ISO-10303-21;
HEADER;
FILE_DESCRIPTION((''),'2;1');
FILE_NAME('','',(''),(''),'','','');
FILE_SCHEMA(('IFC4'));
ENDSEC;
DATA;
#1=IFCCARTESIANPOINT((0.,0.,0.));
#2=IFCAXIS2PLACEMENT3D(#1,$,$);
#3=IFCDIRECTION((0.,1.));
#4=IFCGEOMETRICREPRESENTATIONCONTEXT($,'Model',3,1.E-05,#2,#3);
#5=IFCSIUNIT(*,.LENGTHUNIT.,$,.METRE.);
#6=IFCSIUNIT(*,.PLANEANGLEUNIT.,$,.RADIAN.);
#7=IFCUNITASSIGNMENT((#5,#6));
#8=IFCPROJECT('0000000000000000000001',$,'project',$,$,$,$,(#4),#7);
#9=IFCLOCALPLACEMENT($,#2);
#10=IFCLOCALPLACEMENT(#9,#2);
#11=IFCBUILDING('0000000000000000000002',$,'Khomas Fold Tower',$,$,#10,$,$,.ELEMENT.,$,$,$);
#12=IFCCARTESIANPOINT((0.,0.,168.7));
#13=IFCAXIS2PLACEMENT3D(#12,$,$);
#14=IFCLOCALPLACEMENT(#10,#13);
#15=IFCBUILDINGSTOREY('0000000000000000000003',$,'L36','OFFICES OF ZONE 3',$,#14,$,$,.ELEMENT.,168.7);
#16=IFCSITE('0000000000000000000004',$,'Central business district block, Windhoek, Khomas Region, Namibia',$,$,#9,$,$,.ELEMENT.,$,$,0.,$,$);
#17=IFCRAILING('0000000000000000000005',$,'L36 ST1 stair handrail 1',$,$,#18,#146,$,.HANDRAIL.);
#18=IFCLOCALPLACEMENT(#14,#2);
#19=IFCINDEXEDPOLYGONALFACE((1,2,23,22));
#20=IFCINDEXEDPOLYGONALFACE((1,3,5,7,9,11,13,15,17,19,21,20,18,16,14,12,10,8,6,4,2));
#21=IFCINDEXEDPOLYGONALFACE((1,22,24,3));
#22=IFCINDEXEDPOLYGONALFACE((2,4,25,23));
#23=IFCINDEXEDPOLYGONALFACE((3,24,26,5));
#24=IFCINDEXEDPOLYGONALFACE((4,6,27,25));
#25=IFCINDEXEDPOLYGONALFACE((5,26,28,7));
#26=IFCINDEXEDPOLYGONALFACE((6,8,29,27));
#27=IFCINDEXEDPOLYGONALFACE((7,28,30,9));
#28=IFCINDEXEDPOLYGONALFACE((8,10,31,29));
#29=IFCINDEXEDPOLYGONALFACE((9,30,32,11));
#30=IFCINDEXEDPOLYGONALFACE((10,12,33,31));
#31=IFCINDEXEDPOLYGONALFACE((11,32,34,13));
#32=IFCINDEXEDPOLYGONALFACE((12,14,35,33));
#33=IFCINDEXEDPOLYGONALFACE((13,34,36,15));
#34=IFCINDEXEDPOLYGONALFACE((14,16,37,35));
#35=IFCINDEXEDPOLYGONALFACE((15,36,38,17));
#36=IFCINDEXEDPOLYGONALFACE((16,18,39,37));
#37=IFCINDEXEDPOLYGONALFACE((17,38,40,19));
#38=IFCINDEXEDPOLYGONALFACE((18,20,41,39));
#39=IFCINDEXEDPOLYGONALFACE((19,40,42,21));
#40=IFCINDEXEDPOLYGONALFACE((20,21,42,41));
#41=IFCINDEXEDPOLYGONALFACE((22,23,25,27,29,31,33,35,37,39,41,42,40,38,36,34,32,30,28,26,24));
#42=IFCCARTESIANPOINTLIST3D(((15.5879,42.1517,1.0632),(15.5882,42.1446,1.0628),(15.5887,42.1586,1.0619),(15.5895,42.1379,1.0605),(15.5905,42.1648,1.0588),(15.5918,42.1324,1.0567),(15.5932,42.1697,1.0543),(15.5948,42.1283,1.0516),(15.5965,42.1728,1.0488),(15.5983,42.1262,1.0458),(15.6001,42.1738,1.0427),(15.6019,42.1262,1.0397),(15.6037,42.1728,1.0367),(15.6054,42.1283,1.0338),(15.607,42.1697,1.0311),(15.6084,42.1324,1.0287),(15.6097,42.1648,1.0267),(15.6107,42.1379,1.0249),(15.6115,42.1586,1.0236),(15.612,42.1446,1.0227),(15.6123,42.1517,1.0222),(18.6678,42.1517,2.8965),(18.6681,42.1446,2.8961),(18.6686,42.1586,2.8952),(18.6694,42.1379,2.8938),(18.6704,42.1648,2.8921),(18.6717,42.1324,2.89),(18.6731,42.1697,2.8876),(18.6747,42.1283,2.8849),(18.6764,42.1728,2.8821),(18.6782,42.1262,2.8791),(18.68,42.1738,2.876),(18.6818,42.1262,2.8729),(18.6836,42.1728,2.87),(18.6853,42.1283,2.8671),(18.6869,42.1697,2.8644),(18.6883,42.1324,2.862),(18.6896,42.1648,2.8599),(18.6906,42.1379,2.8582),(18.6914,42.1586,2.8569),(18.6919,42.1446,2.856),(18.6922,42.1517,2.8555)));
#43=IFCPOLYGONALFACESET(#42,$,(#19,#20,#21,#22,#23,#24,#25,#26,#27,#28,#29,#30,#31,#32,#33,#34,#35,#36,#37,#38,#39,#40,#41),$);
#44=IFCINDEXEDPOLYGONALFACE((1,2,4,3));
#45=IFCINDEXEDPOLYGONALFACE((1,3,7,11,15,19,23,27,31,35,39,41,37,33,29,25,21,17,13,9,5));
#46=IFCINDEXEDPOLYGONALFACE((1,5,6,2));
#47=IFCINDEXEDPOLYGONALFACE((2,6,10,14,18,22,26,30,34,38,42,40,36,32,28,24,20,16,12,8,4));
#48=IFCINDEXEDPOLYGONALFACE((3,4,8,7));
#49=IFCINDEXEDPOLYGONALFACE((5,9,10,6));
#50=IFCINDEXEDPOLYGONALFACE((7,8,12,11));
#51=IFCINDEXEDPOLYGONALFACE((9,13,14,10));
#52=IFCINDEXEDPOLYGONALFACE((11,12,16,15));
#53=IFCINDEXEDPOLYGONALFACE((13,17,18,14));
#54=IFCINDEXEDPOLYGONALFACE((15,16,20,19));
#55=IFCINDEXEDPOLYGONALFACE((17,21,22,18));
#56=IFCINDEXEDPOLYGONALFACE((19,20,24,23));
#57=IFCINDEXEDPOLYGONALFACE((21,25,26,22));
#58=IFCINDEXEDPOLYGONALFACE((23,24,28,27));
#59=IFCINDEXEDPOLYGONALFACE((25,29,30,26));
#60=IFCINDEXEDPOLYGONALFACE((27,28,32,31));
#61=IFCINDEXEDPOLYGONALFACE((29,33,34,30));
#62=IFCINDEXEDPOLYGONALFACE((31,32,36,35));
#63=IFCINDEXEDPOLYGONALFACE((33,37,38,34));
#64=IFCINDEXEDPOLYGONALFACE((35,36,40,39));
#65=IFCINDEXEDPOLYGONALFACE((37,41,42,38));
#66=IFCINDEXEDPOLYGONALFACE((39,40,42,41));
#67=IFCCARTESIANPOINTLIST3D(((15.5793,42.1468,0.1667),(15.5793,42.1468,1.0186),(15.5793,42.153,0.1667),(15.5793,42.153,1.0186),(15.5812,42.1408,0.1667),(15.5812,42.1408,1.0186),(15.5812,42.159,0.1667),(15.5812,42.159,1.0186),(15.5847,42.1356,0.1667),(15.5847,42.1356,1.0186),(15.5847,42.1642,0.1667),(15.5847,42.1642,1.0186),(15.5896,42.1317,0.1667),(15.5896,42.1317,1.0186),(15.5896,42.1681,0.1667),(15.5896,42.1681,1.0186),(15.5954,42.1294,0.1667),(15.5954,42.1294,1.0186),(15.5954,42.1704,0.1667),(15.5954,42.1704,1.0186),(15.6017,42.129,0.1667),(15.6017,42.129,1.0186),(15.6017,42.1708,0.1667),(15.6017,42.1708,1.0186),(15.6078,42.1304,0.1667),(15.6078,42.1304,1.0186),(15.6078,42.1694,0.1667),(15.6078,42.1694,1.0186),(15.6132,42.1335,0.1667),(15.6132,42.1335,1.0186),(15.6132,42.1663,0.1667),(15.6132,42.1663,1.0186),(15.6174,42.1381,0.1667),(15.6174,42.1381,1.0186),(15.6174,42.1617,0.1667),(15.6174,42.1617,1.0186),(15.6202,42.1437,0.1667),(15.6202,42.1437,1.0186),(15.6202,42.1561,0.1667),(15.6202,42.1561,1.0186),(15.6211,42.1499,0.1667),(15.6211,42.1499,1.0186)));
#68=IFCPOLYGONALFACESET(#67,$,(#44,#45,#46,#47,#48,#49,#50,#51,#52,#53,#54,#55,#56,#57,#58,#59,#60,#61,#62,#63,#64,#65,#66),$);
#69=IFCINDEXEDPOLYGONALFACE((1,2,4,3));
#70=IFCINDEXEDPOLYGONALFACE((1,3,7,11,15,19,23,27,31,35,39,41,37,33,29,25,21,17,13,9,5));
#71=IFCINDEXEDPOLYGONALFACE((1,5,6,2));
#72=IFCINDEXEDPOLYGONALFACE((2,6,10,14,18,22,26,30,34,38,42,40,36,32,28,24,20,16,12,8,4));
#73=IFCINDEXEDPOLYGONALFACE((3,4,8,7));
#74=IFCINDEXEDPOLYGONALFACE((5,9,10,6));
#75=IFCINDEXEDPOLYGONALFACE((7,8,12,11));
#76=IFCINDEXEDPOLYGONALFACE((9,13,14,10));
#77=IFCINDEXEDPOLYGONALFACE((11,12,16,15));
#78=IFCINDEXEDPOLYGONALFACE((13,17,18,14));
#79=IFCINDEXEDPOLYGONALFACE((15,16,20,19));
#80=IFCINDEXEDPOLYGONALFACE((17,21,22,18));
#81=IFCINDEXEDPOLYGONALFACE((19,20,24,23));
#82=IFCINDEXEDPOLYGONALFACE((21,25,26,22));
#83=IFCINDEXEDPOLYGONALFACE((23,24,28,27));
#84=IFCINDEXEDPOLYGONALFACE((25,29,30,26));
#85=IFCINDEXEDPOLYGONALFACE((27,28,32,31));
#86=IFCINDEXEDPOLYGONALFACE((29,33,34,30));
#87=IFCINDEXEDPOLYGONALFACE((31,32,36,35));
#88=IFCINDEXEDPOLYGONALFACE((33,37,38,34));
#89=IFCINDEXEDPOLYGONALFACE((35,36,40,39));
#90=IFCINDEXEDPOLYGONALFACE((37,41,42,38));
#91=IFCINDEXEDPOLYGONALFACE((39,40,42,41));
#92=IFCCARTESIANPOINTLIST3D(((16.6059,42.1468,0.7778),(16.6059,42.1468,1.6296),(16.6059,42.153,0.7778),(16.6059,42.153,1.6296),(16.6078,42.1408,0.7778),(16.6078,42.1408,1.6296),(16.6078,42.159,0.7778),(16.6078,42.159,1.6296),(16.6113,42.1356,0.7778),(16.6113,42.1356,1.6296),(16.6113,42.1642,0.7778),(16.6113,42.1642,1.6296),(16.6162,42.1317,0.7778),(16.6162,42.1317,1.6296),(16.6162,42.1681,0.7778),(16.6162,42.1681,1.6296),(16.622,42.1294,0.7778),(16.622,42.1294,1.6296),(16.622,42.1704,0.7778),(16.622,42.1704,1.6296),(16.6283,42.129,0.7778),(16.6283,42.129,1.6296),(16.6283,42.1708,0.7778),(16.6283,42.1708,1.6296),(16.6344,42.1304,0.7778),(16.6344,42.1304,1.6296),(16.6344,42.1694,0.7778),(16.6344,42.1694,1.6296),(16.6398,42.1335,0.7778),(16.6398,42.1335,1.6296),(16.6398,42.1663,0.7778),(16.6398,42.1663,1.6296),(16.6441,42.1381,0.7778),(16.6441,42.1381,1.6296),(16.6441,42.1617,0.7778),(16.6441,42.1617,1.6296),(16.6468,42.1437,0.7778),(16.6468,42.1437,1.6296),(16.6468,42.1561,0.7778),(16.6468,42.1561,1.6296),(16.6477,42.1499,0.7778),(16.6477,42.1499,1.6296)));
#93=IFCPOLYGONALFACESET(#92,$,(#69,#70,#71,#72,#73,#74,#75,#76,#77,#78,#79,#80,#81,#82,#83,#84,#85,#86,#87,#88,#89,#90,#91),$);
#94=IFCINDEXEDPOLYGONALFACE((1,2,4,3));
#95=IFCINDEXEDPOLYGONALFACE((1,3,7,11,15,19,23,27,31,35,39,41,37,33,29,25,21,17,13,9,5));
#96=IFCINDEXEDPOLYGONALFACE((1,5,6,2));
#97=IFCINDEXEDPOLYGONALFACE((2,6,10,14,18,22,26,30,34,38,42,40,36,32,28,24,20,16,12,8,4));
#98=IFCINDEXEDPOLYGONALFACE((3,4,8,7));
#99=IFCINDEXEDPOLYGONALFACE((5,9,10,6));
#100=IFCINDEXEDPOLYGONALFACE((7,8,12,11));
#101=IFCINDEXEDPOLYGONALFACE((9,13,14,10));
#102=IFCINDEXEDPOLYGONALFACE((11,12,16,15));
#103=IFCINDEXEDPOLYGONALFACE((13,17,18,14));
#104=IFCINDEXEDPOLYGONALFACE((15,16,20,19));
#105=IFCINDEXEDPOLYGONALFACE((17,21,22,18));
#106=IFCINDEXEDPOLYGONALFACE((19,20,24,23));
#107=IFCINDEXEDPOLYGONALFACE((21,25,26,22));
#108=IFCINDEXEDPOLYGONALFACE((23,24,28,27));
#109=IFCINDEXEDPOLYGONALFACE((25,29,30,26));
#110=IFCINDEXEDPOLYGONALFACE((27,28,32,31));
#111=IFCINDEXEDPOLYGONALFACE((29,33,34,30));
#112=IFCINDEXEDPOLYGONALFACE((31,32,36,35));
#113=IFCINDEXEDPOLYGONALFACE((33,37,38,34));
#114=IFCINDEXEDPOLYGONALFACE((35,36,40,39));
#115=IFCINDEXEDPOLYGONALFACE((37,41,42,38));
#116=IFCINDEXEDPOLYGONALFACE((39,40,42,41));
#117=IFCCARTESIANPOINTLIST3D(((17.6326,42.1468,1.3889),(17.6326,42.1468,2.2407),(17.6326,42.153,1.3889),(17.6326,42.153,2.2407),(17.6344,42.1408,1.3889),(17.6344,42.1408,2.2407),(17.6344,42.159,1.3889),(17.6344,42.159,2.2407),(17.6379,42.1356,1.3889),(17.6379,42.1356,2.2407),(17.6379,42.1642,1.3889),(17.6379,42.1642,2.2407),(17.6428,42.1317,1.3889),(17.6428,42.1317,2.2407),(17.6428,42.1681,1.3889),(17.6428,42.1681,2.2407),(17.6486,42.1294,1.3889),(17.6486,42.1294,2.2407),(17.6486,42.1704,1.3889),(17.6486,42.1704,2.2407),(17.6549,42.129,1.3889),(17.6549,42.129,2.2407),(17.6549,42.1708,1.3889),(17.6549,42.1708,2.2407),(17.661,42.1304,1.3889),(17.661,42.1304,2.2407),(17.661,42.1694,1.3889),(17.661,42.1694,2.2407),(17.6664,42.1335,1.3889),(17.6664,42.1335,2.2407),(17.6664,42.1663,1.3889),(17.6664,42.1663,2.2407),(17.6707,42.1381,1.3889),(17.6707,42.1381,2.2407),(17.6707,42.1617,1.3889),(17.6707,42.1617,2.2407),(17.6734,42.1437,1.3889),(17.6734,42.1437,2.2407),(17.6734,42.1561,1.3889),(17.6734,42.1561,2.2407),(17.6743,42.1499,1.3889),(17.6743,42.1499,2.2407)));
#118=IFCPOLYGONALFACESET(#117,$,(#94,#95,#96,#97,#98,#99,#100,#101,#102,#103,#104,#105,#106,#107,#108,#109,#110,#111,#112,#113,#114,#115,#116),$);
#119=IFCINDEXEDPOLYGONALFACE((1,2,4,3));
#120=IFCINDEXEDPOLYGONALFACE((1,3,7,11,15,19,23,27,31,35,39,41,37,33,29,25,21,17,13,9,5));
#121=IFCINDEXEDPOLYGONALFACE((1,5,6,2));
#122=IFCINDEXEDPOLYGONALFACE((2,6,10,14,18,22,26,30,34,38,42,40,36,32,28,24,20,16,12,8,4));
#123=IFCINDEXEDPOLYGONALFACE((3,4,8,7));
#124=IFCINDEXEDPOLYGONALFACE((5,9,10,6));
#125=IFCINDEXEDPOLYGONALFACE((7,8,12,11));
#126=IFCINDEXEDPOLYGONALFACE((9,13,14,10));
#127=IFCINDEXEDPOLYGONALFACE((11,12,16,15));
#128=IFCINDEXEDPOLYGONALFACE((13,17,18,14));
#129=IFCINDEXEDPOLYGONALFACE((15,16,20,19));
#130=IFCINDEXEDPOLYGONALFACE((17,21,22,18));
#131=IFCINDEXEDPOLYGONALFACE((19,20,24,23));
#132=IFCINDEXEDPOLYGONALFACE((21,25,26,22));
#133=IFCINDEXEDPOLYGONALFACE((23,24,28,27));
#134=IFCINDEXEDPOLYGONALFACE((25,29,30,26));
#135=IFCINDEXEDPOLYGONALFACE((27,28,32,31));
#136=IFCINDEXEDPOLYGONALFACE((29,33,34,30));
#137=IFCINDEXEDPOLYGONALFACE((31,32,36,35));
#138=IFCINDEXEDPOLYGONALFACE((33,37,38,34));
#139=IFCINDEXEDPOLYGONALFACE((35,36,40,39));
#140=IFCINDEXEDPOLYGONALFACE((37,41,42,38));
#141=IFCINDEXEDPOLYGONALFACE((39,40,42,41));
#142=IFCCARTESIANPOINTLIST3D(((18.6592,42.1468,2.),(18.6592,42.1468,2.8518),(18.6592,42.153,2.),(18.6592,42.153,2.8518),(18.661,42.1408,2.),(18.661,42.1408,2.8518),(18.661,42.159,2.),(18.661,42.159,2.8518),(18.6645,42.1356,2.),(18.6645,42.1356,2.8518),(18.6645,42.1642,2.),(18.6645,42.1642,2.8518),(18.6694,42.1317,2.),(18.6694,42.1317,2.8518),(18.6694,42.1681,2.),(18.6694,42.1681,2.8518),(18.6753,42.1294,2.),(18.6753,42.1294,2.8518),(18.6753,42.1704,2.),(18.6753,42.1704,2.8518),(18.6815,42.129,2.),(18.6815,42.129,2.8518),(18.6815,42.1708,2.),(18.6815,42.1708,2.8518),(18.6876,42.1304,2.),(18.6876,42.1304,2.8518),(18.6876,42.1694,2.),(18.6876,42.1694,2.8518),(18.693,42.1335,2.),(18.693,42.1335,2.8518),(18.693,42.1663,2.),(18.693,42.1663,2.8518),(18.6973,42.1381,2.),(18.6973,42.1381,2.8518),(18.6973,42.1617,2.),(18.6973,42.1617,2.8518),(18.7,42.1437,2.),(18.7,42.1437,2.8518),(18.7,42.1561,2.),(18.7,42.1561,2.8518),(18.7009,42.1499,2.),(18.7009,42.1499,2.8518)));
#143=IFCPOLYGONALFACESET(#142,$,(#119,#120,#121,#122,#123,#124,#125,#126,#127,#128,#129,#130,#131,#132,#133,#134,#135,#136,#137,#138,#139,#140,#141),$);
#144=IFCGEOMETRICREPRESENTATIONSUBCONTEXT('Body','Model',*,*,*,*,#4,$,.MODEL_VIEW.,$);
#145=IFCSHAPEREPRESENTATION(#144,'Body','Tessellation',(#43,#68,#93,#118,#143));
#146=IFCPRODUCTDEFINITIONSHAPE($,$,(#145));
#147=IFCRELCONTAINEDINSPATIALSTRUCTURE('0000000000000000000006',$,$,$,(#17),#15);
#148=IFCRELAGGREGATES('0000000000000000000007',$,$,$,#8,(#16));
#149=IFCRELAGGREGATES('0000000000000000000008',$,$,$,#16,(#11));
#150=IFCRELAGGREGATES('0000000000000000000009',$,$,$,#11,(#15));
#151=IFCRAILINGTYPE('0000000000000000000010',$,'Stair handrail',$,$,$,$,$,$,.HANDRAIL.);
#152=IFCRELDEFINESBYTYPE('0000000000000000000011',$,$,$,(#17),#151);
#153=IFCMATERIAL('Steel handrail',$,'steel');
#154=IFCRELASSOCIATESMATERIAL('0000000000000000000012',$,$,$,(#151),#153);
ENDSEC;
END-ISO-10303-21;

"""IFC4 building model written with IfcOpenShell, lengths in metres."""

from ifc_helpers import new_model, si_unit, direction, frame, origin, origin_2d, place, context, subcontext, project, spatial, circle, extrude, source, transform, mapped, material, type_object, element, save


model = new_model("IFC4")

# Units and contexts
model_context = context("Model", 3, precision=1e-05, world=origin(), true_north=direction((0.0, 1.0)))
body_context = subcontext(model_context, "Body", "Model", "MODEL_VIEW")
ifc_project = project(units=[si_unit("LENGTHUNIT", "METRE"), si_unit("PLANEANGLEUNIT", "RADIAN")], contexts=[model_context])

# Site, building, storey
site_placement = place(None, origin())
site = spatial("IfcSite", under=ifc_project, at=site_placement, Name="Central business district block, Windhoek, Khomas Region, Namibia", CompositionType="ELEMENT", RefElevation=0.0)
building_placement = place(site_placement, origin())
building = spatial("IfcBuilding", under=site, at=building_placement, Name="Khomas Fold Tower", CompositionType="ELEMENT")
storey_placement = place(building_placement, frame((0.0, 0.0, 168.7)))
storey = spatial("IfcBuildingStorey", under=building, at=storey_placement, Name="L36", Description="OFFICES OF ZONE 3", CompositionType="ELEMENT", Elevation=168.7)

# Railing
ifc_material_1 = material(Name="Steel handrail", Category="steel")
railing_type_1 = type_object("IfcRailingType", Name="Stair handrail", PredefinedType="HANDRAIL", material=ifc_material_1)
shared_shape_1 = source(origin(), body_context, "Body", "SweptSolid", [
    extrude(circle(Radius=0.0239, at=origin_2d()), frame((0.0, 0.0, 0.876), z_axis=(0.859291, 0.0, 0.511487), x_axis=(0.0, 1.0, 0.0)), (0.0, 0.0, 1.0), 3.5842),
    extrude(circle(Radius=0.021, at=origin_2d()), origin(), (0.0, 0.0, 1.0), 0.8518),
    extrude(circle(Radius=0.021, at=origin_2d()), frame((1.0266, 0.0, 0.6111)), (0.0, 0.0, 1.0), 0.8518),
    extrude(circle(Radius=0.021, at=origin_2d()), frame((2.0532, 0.0, 1.2222)), (0.0, 0.0, 1.0), 0.8518),
    extrude(circle(Radius=0.021, at=origin_2d()), frame((3.0798, 0.0, 1.8333)), (0.0, 0.0, 1.0), 0.8518),
])
railing_1_placement = place(storey_placement, frame((15.6001, 42.1499, 0.1667)))
element("IfcRailing", 1, at=railing_1_placement, inside=storey, type_object=railing_type_1, Name="L36 ST1 stair handrail 1", PredefinedType="HANDRAIL", context=body_context, shape_type="MappedRepresentation", body=[
    mapped(shared_shape_1, transform((0.0, 0.0, 0.0))),
])

save(model, "model.ifc")
